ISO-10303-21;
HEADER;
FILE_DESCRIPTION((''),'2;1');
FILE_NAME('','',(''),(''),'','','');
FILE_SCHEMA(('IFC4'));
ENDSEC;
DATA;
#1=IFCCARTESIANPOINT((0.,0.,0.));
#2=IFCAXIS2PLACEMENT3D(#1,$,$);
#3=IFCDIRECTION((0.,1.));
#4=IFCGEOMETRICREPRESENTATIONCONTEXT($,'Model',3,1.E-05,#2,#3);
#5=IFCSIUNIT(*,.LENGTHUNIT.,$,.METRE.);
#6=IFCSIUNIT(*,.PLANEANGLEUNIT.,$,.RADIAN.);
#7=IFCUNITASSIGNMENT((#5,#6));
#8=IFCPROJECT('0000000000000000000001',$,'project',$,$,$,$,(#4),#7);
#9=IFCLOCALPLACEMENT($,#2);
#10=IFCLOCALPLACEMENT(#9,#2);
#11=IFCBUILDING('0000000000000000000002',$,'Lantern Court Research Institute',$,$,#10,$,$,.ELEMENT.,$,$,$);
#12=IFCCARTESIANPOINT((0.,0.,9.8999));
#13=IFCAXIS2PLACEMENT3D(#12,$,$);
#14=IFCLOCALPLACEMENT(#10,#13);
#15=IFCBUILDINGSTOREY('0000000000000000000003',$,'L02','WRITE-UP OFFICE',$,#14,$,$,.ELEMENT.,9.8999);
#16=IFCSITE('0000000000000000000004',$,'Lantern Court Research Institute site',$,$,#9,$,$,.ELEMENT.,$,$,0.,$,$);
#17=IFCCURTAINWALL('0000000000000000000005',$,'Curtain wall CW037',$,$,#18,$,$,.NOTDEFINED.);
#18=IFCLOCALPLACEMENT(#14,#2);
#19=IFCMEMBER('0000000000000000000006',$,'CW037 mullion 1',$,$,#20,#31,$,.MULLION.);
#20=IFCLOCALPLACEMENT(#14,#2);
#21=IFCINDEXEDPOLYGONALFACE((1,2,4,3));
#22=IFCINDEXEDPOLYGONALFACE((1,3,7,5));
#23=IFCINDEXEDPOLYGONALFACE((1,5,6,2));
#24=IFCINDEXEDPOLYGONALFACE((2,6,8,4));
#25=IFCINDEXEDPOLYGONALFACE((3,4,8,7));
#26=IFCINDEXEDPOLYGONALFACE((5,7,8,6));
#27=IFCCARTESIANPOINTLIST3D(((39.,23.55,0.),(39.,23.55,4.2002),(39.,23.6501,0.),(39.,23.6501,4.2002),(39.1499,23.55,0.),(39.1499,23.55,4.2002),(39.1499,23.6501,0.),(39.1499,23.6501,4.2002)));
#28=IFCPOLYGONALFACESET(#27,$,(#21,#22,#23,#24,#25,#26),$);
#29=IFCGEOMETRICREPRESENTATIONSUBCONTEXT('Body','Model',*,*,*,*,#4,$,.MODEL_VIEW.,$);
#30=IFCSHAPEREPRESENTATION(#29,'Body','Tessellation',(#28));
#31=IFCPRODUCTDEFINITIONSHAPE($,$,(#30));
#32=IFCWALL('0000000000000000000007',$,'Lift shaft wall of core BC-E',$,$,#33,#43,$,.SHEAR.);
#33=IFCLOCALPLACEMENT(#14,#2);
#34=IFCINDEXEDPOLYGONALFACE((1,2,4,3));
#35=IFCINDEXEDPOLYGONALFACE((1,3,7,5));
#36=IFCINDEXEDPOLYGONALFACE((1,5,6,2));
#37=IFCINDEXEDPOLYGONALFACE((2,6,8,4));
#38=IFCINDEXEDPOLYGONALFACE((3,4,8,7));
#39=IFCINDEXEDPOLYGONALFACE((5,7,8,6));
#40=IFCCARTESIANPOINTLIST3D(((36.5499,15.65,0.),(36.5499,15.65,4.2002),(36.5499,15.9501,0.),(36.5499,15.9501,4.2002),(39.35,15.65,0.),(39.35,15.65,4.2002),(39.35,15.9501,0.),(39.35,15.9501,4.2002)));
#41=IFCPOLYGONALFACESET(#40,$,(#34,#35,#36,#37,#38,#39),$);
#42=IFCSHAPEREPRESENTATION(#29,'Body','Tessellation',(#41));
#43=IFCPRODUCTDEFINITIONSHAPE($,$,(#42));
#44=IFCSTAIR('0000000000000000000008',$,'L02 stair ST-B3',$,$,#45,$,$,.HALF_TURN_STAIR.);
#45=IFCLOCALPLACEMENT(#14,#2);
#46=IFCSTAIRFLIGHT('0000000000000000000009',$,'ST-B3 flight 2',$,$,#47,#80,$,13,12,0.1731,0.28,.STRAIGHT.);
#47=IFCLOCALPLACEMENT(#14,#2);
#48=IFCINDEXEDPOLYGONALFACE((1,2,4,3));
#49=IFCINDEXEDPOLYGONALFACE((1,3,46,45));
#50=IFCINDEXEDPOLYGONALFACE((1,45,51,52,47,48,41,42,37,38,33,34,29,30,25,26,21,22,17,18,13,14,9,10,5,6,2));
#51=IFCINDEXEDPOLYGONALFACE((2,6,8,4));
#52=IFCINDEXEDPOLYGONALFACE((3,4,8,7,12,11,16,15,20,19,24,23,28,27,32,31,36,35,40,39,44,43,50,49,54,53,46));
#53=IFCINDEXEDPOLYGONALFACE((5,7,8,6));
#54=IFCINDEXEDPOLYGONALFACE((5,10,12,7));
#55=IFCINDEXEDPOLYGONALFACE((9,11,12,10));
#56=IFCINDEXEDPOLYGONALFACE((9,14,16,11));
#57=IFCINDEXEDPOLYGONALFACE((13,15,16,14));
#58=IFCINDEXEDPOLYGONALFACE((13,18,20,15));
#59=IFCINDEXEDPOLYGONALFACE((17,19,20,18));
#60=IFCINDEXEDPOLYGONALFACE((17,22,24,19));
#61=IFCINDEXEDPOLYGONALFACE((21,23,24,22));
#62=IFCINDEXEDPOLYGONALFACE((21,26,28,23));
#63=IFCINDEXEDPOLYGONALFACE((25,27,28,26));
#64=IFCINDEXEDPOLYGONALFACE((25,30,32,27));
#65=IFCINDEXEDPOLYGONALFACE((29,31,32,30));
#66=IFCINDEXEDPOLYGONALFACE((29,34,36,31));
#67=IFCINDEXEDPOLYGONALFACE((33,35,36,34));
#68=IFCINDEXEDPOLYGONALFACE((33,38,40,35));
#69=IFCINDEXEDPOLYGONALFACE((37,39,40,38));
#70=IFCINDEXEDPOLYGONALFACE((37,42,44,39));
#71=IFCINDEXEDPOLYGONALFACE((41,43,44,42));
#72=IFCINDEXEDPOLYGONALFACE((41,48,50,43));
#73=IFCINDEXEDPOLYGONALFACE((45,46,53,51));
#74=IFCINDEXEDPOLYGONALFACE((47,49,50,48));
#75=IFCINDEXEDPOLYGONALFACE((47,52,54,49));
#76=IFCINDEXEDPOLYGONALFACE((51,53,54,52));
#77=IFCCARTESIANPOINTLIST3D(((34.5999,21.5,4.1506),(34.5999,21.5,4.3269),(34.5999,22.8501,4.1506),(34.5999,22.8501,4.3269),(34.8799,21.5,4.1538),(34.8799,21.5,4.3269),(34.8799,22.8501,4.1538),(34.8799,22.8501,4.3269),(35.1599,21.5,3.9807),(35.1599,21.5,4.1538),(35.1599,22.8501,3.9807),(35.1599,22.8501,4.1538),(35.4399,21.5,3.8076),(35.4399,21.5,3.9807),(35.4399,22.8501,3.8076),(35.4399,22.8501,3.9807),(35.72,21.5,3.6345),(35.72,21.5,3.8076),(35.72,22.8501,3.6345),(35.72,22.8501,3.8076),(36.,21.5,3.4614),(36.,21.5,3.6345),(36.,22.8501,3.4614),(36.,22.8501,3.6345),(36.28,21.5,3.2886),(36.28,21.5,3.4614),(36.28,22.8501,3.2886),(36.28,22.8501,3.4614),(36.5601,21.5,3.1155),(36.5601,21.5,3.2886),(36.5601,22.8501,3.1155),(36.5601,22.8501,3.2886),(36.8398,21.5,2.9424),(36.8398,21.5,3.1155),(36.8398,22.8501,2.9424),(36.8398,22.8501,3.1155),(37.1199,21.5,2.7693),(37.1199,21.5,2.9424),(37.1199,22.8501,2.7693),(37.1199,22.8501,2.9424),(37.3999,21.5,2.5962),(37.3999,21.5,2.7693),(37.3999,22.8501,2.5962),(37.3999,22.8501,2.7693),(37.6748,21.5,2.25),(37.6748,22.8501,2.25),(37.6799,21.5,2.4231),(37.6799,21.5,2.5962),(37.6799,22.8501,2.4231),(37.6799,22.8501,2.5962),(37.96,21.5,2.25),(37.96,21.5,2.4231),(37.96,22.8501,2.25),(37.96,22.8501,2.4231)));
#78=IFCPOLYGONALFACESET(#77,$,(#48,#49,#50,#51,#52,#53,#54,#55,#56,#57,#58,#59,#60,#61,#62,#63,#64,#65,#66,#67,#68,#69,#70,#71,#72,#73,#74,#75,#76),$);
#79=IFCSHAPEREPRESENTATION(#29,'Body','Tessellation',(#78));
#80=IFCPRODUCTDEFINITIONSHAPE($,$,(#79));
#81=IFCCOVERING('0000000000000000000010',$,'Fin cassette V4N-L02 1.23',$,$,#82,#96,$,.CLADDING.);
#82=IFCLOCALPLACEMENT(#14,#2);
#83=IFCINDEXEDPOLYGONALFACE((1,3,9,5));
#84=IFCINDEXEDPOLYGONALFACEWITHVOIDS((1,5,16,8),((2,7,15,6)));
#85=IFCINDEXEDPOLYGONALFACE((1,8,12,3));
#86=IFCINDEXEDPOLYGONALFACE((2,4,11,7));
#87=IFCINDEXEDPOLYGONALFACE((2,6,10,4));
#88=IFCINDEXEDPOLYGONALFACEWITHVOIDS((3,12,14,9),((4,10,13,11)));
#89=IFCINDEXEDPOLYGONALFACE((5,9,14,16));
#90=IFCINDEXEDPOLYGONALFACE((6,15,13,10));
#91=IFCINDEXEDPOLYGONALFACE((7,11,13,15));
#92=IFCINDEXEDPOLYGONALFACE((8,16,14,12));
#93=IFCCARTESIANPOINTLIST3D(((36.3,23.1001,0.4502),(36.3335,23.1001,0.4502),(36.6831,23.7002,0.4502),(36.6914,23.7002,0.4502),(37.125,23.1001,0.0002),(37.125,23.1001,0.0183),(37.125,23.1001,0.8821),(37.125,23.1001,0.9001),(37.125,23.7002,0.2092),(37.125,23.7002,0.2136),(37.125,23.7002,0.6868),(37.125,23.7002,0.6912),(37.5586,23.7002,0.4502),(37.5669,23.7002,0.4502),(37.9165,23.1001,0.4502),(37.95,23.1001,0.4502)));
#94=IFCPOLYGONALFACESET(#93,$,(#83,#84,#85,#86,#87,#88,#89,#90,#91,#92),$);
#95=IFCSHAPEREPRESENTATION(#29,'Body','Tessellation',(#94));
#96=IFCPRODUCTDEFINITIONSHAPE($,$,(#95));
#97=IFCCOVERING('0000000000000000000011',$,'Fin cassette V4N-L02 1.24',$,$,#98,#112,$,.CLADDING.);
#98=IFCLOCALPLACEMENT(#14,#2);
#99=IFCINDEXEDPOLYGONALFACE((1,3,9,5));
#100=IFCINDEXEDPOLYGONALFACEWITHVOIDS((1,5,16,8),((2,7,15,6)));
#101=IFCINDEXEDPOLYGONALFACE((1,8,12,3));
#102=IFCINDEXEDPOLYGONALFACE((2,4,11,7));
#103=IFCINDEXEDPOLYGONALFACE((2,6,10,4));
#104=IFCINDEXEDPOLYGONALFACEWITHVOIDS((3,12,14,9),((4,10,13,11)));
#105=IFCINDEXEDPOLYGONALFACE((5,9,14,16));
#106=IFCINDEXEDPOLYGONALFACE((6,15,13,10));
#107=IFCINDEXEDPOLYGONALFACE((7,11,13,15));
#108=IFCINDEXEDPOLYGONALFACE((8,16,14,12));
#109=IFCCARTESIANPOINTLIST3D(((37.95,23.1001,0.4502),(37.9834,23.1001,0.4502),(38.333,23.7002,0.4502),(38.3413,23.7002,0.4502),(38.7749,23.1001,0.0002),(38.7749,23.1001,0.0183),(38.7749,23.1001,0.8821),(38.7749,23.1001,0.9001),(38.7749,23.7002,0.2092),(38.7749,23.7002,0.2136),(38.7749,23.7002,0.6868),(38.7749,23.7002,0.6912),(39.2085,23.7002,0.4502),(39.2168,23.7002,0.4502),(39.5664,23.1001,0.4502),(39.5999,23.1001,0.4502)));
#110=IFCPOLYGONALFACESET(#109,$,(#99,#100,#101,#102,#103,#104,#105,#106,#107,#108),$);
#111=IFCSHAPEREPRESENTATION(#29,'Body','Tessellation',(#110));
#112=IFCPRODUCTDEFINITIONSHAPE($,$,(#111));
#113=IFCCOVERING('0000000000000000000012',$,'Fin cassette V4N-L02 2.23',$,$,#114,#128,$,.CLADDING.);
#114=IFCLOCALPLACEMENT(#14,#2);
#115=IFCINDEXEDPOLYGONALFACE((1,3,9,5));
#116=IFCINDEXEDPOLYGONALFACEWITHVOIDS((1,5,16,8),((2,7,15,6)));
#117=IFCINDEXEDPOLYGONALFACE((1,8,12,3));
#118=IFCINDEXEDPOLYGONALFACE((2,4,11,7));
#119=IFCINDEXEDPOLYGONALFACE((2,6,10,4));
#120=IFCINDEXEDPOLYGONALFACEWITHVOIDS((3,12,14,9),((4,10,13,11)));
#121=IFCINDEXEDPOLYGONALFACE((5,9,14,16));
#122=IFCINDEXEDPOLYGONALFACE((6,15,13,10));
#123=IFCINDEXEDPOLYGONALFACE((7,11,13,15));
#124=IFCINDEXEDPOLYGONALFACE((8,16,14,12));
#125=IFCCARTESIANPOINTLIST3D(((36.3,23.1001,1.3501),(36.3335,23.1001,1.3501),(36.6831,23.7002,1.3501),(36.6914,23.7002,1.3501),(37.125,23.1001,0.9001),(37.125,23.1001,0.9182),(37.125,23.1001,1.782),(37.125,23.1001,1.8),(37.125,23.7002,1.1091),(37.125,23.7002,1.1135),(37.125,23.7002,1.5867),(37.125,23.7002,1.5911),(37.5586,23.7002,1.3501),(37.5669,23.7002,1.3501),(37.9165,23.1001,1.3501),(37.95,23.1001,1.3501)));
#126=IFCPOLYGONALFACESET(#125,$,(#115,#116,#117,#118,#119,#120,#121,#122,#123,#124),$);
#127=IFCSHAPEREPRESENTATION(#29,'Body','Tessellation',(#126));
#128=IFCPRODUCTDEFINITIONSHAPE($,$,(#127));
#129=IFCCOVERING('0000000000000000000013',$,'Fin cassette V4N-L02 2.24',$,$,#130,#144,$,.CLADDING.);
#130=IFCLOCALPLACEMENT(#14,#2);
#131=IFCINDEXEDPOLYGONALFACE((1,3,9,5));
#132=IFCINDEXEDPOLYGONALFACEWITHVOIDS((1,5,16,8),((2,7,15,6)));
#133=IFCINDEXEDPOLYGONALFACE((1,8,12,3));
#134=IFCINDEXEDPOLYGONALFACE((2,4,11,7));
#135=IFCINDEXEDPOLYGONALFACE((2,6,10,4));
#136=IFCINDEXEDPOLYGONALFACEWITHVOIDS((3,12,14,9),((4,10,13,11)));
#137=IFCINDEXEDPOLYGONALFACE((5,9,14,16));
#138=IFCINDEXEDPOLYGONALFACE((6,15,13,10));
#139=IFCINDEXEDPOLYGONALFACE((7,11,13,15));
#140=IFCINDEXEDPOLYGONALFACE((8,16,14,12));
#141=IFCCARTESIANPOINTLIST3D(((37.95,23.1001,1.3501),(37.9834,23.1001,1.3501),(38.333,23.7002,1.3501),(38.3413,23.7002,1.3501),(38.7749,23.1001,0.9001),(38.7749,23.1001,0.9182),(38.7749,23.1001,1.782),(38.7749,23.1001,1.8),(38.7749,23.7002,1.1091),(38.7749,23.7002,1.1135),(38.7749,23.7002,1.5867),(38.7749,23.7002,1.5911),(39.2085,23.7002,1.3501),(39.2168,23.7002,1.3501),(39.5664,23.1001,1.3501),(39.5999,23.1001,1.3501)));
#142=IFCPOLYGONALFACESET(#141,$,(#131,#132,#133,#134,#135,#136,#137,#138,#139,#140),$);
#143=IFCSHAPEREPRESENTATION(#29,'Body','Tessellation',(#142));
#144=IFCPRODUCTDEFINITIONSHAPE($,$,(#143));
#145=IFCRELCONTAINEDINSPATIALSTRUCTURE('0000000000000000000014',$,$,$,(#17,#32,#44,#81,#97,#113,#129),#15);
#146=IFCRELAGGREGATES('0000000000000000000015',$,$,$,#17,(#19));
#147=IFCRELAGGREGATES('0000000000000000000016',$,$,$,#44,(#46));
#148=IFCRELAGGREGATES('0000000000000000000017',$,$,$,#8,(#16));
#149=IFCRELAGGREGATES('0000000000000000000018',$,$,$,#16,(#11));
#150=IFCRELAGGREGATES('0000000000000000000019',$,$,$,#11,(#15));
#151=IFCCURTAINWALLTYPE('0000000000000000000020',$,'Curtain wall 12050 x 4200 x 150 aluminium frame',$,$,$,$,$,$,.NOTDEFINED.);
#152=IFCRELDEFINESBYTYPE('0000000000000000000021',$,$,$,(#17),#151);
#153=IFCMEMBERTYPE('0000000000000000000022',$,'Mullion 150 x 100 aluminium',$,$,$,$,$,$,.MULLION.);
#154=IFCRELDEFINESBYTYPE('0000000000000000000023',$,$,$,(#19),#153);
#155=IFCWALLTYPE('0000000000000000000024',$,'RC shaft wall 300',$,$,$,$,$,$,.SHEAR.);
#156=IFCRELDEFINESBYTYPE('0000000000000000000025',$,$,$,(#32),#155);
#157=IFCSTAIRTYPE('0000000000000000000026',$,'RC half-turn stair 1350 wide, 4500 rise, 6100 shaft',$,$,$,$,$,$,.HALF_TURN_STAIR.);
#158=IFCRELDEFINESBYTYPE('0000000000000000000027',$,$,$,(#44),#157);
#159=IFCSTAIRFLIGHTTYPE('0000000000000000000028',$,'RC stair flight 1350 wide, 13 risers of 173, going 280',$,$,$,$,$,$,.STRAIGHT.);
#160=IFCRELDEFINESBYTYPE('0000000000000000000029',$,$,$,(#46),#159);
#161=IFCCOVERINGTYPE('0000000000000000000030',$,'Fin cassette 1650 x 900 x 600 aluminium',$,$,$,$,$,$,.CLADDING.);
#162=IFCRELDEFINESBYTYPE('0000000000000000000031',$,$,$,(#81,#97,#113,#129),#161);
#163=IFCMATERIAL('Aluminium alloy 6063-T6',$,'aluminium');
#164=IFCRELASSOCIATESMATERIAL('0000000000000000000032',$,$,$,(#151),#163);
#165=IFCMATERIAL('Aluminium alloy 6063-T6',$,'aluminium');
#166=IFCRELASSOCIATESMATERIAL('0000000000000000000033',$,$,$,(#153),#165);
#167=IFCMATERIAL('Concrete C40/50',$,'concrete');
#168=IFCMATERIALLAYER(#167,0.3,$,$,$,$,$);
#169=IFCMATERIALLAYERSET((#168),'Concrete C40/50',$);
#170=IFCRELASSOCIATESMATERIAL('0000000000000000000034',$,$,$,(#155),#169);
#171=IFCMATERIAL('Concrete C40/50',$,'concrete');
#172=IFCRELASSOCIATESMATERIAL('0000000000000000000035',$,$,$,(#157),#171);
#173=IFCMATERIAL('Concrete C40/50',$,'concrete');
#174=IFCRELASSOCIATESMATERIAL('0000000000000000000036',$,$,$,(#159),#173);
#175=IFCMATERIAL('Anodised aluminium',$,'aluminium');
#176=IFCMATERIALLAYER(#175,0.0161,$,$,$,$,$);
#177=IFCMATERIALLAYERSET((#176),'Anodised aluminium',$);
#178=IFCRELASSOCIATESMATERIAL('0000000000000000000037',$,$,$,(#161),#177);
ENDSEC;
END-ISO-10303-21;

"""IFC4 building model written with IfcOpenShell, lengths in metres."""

from ifc_helpers import new_model, entity, si_unit, direction, frame, frame_2d, origin, origin_2d, place, context, subcontext, project, spatial, polyline, rectangle, outline, extrude, material, layer, layer_set, material_profile, profile_set, type_object, element, aggregate, save


model = new_model("IFC4")

# Units and contexts
model_context = context("Model", 3, precision=1e-05, world=origin(), true_north=direction((0.0, 1.0)))
body_context = subcontext(model_context, "Body", "Model", "MODEL_VIEW")
ifc_project = project(units=[si_unit("LENGTHUNIT", "METRE"), si_unit("PLANEANGLEUNIT", "RADIAN")], contexts=[model_context])

# Site, building, storey
site_placement = place(None, origin())
site = spatial("IfcSite", under=ifc_project, at=site_placement, Name="Lantern Court Research Institute site", CompositionType="ELEMENT", RefElevation=0.0)
building_placement = place(site_placement, origin())
building = spatial("IfcBuilding", under=site, at=building_placement, Name="Lantern Court Research Institute", CompositionType="ELEMENT")
storey_placement = place(building_placement, frame((0.0, 0.0, 9.8999)))
storey = spatial("IfcBuildingStorey", under=building, at=storey_placement, Name="L02", Description="WRITE-UP OFFICE", CompositionType="ELEMENT", Elevation=9.8999)

# Curtain wall, member
ifc_material_1 = material(Name="Aluminium alloy 6063-T6", Category="aluminium")
curtain_wall_type = type_object("IfcCurtainWallType", Name="Curtain wall 12050 x 4200 x 150 aluminium frame", PredefinedType="NOTDEFINED", material=ifc_material_1)
curtain_wall_placement = place(storey_placement, origin())
curtain_wall = element("IfcCurtainWall", 1, at=curtain_wall_placement, inside=storey, type_object=curtain_wall_type, Name="Curtain wall CW037", PredefinedType="NOTDEFINED")
ifc_material_2 = material(Name="Aluminium alloy 6063-T6", Category="aluminium")
ifc_material_profile = material_profile(ifc_material_2, rectangle(XDim=0.1499, YDim=0.1001, at=origin_2d()), Name="Mullion 150 x 100")
ifc_profile_set = profile_set([ifc_material_profile], Name="Aluminium alloy 6063-T6")
member_type = type_object("IfcMemberType", Name="Mullion 150 x 100 aluminium", PredefinedType="MULLION", material=ifc_profile_set)
member_placement = place(storey_placement, frame((39.075, 23.6001, 0.0), z_axis=(0.0, 0.0, 1.0), x_axis=(-1.0, 0.0, 0.0)))
member = element("IfcMember", 2, at=member_placement, type_object=member_type, Name="CW037 mullion 1", PredefinedType="MULLION", context=body_context, shape_type="SweptSolid", body=[
    extrude(rectangle(XDim=0.1499, YDim=0.1001, at=origin_2d()), origin(), (0.0, 0.0, 1.0), 4.2002),
])
aggregate(curtain_wall, [member])

# Shared definitions
ifc_material_3 = material(Name="Concrete C40/50", Category="concrete")
ifc_layer_1 = layer(ifc_material_3, 0.3)
ifc_layer_set_1 = layer_set([ifc_layer_1], Name="Concrete C40/50")
wall_type = type_object("IfcWallType", Name="RC shaft wall 300", PredefinedType="SHEAR", material=ifc_layer_set_1)

# Wall
wall_1_placement = place(storey_placement, frame((36.55, 15.8, 0.0), z_axis=(0.0, 0.0, 1.0), x_axis=(1.0, 0.0, 0.0)))
element("IfcWall", 3, at=wall_1_placement, inside=storey, type_object=wall_type, Name="Lift shaft wall of core BC-E", PredefinedType="SHEAR", context=body_context, shape_type="SweptSolid", body=[
    extrude(rectangle(XDim=2.8, YDim=0.3, at=frame_2d((1.3999, 0.0))), origin(), (0.0, 0.0, 1.0), 4.2002),
])

# Stair, stair flight
ifc_material_4 = material(Name="Concrete C40/50", Category="concrete")
stair_type = type_object("IfcStairType", Name="RC half-turn stair 1350 wide, 4500 rise, 6100 shaft", PredefinedType="HALF_TURN_STAIR", material=ifc_material_4)
stair_placement = place(storey_placement, origin())
stair = element("IfcStair", 4, at=stair_placement, inside=storey, type_object=stair_type, Name="L02 stair ST-B3", PredefinedType="HALF_TURN_STAIR")
ifc_material_5 = material(Name="Concrete C40/50", Category="concrete")
stair_flight_type = type_object("IfcStairFlightType", Name="RC stair flight 1350 wide, 13 risers of 173, going 280", PredefinedType="STRAIGHT", material=ifc_material_5)
stair_flight_placement = place(storey_placement, frame((37.96, 22.175, 2.25), z_axis=(0.0, 0.0, 1.0), x_axis=(-1.0, 0.0, 0.0)))
stair_flight = element("IfcStairFlight", 5, at=stair_flight_placement, type_object=stair_flight_type, Name="ST-B3 flight 2", NumberOfRisers=13, NumberOfTreads=12, PredefinedType="STRAIGHT", RiserHeight=0.1731, TreadLength=0.28, context=body_context, shape_type="SweptSolid", body=[
    extrude(outline(polyline([(0.0, 0.0), (0.0, 0.1731), (0.28, 0.1731), (0.28, 0.3462), (0.5601, 0.3462), (0.5601, 0.5193), (0.8401, 0.5193), (0.8401, 0.6924), (1.1201, 0.6924), (1.1201, 0.8655), (1.3999, 0.8655), (1.3999, 1.0386), (1.6799, 1.0386), (1.6799, 1.2114), (1.96, 1.2114), (1.96, 1.3845), (2.24, 1.3845), (2.24, 1.5576), (2.52, 1.5576), (2.52, 1.7307), (2.8, 1.7307), (2.8, 1.9038), (3.0801, 1.9038), (3.0801, 2.0769), (3.3601, 2.0769), (3.3601, 2.25), (3.3601, 1.9006), (0.2852, 0.0), (0.0, 0.0)])), frame((0.0, 0.675, 0.0), z_axis=(0.0, -1.0, 0.0), x_axis=(1.0, 0.0, 0.0)), (0.0, 0.0, 1.0), 1.3501),
])
aggregate(stair, [stair_flight])

# Coverings
ifc_material_6 = material(Name="Anodised aluminium", Category="aluminium")
ifc_layer_2 = layer(ifc_material_6, 0.0161)
ifc_layer_set_2 = layer_set([ifc_layer_2], Name="Anodised aluminium")
covering_type = type_object("IfcCoveringType", Name="Fin cassette 1650 x 900 x 600 aluminium", PredefinedType="CLADDING", material=ifc_layer_set_2)
covering_1_placement = place(storey_placement, frame((37.125, 23.1001, 0.4502), z_axis=(0.0, 1.0, 0.0), x_axis=(-1.0, 0.0, 0.0)))
cartesian_point_1 = entity("IfcCartesianPoint", [0.825, 0.0])
cartesian_point_2 = entity("IfcCartesianPoint", [0.7915, 0.0])
cartesian_point_3 = entity("IfcCartesianPoint", [0.4419, 0.0])
cartesian_point_4 = entity("IfcCartesianPoint", [0.4336, 0.0])
element("IfcCovering", 6, at=covering_1_placement, inside=storey, type_object=covering_type, Name="Fin cassette V4N-L02 1.23", PredefinedType="CLADDING", context=body_context, shape_type="SweptSolid", body=[
    entity("IfcExtrudedAreaSolidTapered", entity("IfcArbitraryProfileDefWithVoids", "AREA", None, entity("IfcPolyline", [cartesian_point_1, entity("IfcCartesianPoint", [0.0, 0.45]), entity("IfcCartesianPoint", [-0.825, 0.0]), entity("IfcCartesianPoint", [0.0, -0.45]), cartesian_point_1]), [entity("IfcPolyline", [cartesian_point_2, entity("IfcCartesianPoint", [0.0, 0.4319]), entity("IfcCartesianPoint", [-0.7915, 0.0]), entity("IfcCartesianPoint", [0.0, -0.4319]), cartesian_point_2])]), entity("IfcAxis2Placement3D", entity("IfcCartesianPoint", [0.0, 0.0, 0.0])), entity("IfcDirection", [0.0, 0.0, 1.0]), 0.6001, entity("IfcArbitraryProfileDefWithVoids", "AREA", None, entity("IfcPolyline", [cartesian_point_3, entity("IfcCartesianPoint", [0.0, 0.241]), entity("IfcCartesianPoint", [-0.4419, 0.0]), entity("IfcCartesianPoint", [0.0, -0.241]), cartesian_point_3]), [entity("IfcPolyline", [cartesian_point_4, entity("IfcCartesianPoint", [0.0, 0.2366]), entity("IfcCartesianPoint", [-0.4336, 0.0]), entity("IfcCartesianPoint", [0.0, -0.2366]), cartesian_point_4])])),
])
covering_2_placement = place(storey_placement, frame((38.7749, 23.1001, 0.4502), z_axis=(0.0, 1.0, 0.0), x_axis=(-1.0, 0.0, 0.0)))
cartesian_point_5 = entity("IfcCartesianPoint", [0.825, 0.0])
cartesian_point_6 = entity("IfcCartesianPoint", [0.7915, 0.0])
cartesian_point_7 = entity("IfcCartesianPoint", [0.4419, 0.0])
cartesian_point_8 = entity("IfcCartesianPoint", [0.4336, 0.0])
element("IfcCovering", 7, at=covering_2_placement, inside=storey, type_object=covering_type, Name="Fin cassette V4N-L02 1.24", PredefinedType="CLADDING", context=body_context, shape_type="SweptSolid", body=[
    entity("IfcExtrudedAreaSolidTapered", entity("IfcArbitraryProfileDefWithVoids", "AREA", None, entity("IfcPolyline", [cartesian_point_5, entity("IfcCartesianPoint", [0.0, 0.45]), entity("IfcCartesianPoint", [-0.825, 0.0]), entity("IfcCartesianPoint", [0.0, -0.45]), cartesian_point_5]), [entity("IfcPolyline", [cartesian_point_6, entity("IfcCartesianPoint", [0.0, 0.4319]), entity("IfcCartesianPoint", [-0.7915, 0.0]), entity("IfcCartesianPoint", [0.0, -0.4319]), cartesian_point_6])]), entity("IfcAxis2Placement3D", entity("IfcCartesianPoint", [0.0, 0.0, 0.0])), entity("IfcDirection", [0.0, 0.0, 1.0]), 0.6001, entity("IfcArbitraryProfileDefWithVoids", "AREA", None, entity("IfcPolyline", [cartesian_point_7, entity("IfcCartesianPoint", [0.0, 0.241]), entity("IfcCartesianPoint", [-0.4419, 0.0]), entity("IfcCartesianPoint", [0.0, -0.241]), cartesian_point_7]), [entity("IfcPolyline", [cartesian_point_8, entity("IfcCartesianPoint", [0.0, 0.2366]), entity("IfcCartesianPoint", [-0.4336, 0.0]), entity("IfcCartesianPoint", [0.0, -0.2366]), cartesian_point_8])])),
])
covering_3_placement = place(storey_placement, frame((37.125, 23.1001, 1.3501), z_axis=(0.0, 1.0, 0.0), x_axis=(-1.0, 0.0, 0.0)))
cartesian_point_9 = entity("IfcCartesianPoint", [0.825, 0.0])
cartesian_point_10 = entity("IfcCartesianPoint", [0.7915, 0.0])
cartesian_point_11 = entity("IfcCartesianPoint", [0.4419, 0.0])
cartesian_point_12 = entity("IfcCartesianPoint", [0.4336, 0.0])
element("IfcCovering", 8, at=covering_3_placement, inside=storey, type_object=covering_type, Name="Fin cassette V4N-L02 2.23", PredefinedType="CLADDING", context=body_context, shape_type="SweptSolid", body=[
    entity("IfcExtrudedAreaSolidTapered", entity("IfcArbitraryProfileDefWithVoids", "AREA", None, entity("IfcPolyline", [cartesian_point_9, entity("IfcCartesianPoint", [0.0, 0.45]), entity("IfcCartesianPoint", [-0.825, 0.0]), entity("IfcCartesianPoint", [0.0, -0.45]), cartesian_point_9]), [entity("IfcPolyline", [cartesian_point_10, entity("IfcCartesianPoint", [0.0, 0.4319]), entity("IfcCartesianPoint", [-0.7915, 0.0]), entity("IfcCartesianPoint", [0.0, -0.4319]), cartesian_point_10])]), entity("IfcAxis2Placement3D", entity("IfcCartesianPoint", [0.0, 0.0, 0.0])), entity("IfcDirection", [0.0, 0.0, 1.0]), 0.6001, entity("IfcArbitraryProfileDefWithVoids", "AREA", None, entity("IfcPolyline", [cartesian_point_11, entity("IfcCartesianPoint", [0.0, 0.241]), entity("IfcCartesianPoint", [-0.4419, 0.0]), entity("IfcCartesianPoint", [0.0, -0.241]), cartesian_point_11]), [entity("IfcPolyline", [cartesian_point_12, entity("IfcCartesianPoint", [0.0, 0.2366]), entity("IfcCartesianPoint", [-0.4336, 0.0]), entity("IfcCartesianPoint", [0.0, -0.2366]), cartesian_point_12])])),
])
covering_4_placement = place(storey_placement, frame((38.7749, 23.1001, 1.3501), z_axis=(0.0, 1.0, 0.0), x_axis=(-1.0, 0.0, 0.0)))
cartesian_point_13 = entity("IfcCartesianPoint", [0.825, 0.0])
cartesian_point_14 = entity("IfcCartesianPoint", [0.7915, 0.0])
cartesian_point_15 = entity("IfcCartesianPoint", [0.4419, 0.0])
cartesian_point_16 = entity("IfcCartesianPoint", [0.4336, 0.0])
element("IfcCovering", 9, at=covering_4_placement, inside=storey, type_object=covering_type, Name="Fin cassette V4N-L02 2.24", PredefinedType="CLADDING", context=body_context, shape_type="SweptSolid", body=[
    entity("IfcExtrudedAreaSolidTapered", entity("IfcArbitraryProfileDefWithVoids", "AREA", None, entity("IfcPolyline", [cartesian_point_13, entity("IfcCartesianPoint", [0.0, 0.45]), entity("IfcCartesianPoint", [-0.825, 0.0]), entity("IfcCartesianPoint", [0.0, -0.45]), cartesian_point_13]), [entity("IfcPolyline", [cartesian_point_14, entity("IfcCartesianPoint", [0.0, 0.4319]), entity("IfcCartesianPoint", [-0.7915, 0.0]), entity("IfcCartesianPoint", [0.0, -0.4319]), cartesian_point_14])]), entity("IfcAxis2Placement3D", entity("IfcCartesianPoint", [0.0, 0.0, 0.0])), entity("IfcDirection", [0.0, 0.0, 1.0]), 0.6001, entity("IfcArbitraryProfileDefWithVoids", "AREA", None, entity("IfcPolyline", [cartesian_point_15, entity("IfcCartesianPoint", [0.0, 0.241]), entity("IfcCartesianPoint", [-0.4419, 0.0]), entity("IfcCartesianPoint", [0.0, -0.241]), cartesian_point_15]), [entity("IfcPolyline", [cartesian_point_16, entity("IfcCartesianPoint", [0.0, 0.2366]), entity("IfcCartesianPoint", [-0.4336, 0.0]), entity("IfcCartesianPoint", [0.0, -0.2366]), cartesian_point_16])])),
])

save(model, "model.ifc")
